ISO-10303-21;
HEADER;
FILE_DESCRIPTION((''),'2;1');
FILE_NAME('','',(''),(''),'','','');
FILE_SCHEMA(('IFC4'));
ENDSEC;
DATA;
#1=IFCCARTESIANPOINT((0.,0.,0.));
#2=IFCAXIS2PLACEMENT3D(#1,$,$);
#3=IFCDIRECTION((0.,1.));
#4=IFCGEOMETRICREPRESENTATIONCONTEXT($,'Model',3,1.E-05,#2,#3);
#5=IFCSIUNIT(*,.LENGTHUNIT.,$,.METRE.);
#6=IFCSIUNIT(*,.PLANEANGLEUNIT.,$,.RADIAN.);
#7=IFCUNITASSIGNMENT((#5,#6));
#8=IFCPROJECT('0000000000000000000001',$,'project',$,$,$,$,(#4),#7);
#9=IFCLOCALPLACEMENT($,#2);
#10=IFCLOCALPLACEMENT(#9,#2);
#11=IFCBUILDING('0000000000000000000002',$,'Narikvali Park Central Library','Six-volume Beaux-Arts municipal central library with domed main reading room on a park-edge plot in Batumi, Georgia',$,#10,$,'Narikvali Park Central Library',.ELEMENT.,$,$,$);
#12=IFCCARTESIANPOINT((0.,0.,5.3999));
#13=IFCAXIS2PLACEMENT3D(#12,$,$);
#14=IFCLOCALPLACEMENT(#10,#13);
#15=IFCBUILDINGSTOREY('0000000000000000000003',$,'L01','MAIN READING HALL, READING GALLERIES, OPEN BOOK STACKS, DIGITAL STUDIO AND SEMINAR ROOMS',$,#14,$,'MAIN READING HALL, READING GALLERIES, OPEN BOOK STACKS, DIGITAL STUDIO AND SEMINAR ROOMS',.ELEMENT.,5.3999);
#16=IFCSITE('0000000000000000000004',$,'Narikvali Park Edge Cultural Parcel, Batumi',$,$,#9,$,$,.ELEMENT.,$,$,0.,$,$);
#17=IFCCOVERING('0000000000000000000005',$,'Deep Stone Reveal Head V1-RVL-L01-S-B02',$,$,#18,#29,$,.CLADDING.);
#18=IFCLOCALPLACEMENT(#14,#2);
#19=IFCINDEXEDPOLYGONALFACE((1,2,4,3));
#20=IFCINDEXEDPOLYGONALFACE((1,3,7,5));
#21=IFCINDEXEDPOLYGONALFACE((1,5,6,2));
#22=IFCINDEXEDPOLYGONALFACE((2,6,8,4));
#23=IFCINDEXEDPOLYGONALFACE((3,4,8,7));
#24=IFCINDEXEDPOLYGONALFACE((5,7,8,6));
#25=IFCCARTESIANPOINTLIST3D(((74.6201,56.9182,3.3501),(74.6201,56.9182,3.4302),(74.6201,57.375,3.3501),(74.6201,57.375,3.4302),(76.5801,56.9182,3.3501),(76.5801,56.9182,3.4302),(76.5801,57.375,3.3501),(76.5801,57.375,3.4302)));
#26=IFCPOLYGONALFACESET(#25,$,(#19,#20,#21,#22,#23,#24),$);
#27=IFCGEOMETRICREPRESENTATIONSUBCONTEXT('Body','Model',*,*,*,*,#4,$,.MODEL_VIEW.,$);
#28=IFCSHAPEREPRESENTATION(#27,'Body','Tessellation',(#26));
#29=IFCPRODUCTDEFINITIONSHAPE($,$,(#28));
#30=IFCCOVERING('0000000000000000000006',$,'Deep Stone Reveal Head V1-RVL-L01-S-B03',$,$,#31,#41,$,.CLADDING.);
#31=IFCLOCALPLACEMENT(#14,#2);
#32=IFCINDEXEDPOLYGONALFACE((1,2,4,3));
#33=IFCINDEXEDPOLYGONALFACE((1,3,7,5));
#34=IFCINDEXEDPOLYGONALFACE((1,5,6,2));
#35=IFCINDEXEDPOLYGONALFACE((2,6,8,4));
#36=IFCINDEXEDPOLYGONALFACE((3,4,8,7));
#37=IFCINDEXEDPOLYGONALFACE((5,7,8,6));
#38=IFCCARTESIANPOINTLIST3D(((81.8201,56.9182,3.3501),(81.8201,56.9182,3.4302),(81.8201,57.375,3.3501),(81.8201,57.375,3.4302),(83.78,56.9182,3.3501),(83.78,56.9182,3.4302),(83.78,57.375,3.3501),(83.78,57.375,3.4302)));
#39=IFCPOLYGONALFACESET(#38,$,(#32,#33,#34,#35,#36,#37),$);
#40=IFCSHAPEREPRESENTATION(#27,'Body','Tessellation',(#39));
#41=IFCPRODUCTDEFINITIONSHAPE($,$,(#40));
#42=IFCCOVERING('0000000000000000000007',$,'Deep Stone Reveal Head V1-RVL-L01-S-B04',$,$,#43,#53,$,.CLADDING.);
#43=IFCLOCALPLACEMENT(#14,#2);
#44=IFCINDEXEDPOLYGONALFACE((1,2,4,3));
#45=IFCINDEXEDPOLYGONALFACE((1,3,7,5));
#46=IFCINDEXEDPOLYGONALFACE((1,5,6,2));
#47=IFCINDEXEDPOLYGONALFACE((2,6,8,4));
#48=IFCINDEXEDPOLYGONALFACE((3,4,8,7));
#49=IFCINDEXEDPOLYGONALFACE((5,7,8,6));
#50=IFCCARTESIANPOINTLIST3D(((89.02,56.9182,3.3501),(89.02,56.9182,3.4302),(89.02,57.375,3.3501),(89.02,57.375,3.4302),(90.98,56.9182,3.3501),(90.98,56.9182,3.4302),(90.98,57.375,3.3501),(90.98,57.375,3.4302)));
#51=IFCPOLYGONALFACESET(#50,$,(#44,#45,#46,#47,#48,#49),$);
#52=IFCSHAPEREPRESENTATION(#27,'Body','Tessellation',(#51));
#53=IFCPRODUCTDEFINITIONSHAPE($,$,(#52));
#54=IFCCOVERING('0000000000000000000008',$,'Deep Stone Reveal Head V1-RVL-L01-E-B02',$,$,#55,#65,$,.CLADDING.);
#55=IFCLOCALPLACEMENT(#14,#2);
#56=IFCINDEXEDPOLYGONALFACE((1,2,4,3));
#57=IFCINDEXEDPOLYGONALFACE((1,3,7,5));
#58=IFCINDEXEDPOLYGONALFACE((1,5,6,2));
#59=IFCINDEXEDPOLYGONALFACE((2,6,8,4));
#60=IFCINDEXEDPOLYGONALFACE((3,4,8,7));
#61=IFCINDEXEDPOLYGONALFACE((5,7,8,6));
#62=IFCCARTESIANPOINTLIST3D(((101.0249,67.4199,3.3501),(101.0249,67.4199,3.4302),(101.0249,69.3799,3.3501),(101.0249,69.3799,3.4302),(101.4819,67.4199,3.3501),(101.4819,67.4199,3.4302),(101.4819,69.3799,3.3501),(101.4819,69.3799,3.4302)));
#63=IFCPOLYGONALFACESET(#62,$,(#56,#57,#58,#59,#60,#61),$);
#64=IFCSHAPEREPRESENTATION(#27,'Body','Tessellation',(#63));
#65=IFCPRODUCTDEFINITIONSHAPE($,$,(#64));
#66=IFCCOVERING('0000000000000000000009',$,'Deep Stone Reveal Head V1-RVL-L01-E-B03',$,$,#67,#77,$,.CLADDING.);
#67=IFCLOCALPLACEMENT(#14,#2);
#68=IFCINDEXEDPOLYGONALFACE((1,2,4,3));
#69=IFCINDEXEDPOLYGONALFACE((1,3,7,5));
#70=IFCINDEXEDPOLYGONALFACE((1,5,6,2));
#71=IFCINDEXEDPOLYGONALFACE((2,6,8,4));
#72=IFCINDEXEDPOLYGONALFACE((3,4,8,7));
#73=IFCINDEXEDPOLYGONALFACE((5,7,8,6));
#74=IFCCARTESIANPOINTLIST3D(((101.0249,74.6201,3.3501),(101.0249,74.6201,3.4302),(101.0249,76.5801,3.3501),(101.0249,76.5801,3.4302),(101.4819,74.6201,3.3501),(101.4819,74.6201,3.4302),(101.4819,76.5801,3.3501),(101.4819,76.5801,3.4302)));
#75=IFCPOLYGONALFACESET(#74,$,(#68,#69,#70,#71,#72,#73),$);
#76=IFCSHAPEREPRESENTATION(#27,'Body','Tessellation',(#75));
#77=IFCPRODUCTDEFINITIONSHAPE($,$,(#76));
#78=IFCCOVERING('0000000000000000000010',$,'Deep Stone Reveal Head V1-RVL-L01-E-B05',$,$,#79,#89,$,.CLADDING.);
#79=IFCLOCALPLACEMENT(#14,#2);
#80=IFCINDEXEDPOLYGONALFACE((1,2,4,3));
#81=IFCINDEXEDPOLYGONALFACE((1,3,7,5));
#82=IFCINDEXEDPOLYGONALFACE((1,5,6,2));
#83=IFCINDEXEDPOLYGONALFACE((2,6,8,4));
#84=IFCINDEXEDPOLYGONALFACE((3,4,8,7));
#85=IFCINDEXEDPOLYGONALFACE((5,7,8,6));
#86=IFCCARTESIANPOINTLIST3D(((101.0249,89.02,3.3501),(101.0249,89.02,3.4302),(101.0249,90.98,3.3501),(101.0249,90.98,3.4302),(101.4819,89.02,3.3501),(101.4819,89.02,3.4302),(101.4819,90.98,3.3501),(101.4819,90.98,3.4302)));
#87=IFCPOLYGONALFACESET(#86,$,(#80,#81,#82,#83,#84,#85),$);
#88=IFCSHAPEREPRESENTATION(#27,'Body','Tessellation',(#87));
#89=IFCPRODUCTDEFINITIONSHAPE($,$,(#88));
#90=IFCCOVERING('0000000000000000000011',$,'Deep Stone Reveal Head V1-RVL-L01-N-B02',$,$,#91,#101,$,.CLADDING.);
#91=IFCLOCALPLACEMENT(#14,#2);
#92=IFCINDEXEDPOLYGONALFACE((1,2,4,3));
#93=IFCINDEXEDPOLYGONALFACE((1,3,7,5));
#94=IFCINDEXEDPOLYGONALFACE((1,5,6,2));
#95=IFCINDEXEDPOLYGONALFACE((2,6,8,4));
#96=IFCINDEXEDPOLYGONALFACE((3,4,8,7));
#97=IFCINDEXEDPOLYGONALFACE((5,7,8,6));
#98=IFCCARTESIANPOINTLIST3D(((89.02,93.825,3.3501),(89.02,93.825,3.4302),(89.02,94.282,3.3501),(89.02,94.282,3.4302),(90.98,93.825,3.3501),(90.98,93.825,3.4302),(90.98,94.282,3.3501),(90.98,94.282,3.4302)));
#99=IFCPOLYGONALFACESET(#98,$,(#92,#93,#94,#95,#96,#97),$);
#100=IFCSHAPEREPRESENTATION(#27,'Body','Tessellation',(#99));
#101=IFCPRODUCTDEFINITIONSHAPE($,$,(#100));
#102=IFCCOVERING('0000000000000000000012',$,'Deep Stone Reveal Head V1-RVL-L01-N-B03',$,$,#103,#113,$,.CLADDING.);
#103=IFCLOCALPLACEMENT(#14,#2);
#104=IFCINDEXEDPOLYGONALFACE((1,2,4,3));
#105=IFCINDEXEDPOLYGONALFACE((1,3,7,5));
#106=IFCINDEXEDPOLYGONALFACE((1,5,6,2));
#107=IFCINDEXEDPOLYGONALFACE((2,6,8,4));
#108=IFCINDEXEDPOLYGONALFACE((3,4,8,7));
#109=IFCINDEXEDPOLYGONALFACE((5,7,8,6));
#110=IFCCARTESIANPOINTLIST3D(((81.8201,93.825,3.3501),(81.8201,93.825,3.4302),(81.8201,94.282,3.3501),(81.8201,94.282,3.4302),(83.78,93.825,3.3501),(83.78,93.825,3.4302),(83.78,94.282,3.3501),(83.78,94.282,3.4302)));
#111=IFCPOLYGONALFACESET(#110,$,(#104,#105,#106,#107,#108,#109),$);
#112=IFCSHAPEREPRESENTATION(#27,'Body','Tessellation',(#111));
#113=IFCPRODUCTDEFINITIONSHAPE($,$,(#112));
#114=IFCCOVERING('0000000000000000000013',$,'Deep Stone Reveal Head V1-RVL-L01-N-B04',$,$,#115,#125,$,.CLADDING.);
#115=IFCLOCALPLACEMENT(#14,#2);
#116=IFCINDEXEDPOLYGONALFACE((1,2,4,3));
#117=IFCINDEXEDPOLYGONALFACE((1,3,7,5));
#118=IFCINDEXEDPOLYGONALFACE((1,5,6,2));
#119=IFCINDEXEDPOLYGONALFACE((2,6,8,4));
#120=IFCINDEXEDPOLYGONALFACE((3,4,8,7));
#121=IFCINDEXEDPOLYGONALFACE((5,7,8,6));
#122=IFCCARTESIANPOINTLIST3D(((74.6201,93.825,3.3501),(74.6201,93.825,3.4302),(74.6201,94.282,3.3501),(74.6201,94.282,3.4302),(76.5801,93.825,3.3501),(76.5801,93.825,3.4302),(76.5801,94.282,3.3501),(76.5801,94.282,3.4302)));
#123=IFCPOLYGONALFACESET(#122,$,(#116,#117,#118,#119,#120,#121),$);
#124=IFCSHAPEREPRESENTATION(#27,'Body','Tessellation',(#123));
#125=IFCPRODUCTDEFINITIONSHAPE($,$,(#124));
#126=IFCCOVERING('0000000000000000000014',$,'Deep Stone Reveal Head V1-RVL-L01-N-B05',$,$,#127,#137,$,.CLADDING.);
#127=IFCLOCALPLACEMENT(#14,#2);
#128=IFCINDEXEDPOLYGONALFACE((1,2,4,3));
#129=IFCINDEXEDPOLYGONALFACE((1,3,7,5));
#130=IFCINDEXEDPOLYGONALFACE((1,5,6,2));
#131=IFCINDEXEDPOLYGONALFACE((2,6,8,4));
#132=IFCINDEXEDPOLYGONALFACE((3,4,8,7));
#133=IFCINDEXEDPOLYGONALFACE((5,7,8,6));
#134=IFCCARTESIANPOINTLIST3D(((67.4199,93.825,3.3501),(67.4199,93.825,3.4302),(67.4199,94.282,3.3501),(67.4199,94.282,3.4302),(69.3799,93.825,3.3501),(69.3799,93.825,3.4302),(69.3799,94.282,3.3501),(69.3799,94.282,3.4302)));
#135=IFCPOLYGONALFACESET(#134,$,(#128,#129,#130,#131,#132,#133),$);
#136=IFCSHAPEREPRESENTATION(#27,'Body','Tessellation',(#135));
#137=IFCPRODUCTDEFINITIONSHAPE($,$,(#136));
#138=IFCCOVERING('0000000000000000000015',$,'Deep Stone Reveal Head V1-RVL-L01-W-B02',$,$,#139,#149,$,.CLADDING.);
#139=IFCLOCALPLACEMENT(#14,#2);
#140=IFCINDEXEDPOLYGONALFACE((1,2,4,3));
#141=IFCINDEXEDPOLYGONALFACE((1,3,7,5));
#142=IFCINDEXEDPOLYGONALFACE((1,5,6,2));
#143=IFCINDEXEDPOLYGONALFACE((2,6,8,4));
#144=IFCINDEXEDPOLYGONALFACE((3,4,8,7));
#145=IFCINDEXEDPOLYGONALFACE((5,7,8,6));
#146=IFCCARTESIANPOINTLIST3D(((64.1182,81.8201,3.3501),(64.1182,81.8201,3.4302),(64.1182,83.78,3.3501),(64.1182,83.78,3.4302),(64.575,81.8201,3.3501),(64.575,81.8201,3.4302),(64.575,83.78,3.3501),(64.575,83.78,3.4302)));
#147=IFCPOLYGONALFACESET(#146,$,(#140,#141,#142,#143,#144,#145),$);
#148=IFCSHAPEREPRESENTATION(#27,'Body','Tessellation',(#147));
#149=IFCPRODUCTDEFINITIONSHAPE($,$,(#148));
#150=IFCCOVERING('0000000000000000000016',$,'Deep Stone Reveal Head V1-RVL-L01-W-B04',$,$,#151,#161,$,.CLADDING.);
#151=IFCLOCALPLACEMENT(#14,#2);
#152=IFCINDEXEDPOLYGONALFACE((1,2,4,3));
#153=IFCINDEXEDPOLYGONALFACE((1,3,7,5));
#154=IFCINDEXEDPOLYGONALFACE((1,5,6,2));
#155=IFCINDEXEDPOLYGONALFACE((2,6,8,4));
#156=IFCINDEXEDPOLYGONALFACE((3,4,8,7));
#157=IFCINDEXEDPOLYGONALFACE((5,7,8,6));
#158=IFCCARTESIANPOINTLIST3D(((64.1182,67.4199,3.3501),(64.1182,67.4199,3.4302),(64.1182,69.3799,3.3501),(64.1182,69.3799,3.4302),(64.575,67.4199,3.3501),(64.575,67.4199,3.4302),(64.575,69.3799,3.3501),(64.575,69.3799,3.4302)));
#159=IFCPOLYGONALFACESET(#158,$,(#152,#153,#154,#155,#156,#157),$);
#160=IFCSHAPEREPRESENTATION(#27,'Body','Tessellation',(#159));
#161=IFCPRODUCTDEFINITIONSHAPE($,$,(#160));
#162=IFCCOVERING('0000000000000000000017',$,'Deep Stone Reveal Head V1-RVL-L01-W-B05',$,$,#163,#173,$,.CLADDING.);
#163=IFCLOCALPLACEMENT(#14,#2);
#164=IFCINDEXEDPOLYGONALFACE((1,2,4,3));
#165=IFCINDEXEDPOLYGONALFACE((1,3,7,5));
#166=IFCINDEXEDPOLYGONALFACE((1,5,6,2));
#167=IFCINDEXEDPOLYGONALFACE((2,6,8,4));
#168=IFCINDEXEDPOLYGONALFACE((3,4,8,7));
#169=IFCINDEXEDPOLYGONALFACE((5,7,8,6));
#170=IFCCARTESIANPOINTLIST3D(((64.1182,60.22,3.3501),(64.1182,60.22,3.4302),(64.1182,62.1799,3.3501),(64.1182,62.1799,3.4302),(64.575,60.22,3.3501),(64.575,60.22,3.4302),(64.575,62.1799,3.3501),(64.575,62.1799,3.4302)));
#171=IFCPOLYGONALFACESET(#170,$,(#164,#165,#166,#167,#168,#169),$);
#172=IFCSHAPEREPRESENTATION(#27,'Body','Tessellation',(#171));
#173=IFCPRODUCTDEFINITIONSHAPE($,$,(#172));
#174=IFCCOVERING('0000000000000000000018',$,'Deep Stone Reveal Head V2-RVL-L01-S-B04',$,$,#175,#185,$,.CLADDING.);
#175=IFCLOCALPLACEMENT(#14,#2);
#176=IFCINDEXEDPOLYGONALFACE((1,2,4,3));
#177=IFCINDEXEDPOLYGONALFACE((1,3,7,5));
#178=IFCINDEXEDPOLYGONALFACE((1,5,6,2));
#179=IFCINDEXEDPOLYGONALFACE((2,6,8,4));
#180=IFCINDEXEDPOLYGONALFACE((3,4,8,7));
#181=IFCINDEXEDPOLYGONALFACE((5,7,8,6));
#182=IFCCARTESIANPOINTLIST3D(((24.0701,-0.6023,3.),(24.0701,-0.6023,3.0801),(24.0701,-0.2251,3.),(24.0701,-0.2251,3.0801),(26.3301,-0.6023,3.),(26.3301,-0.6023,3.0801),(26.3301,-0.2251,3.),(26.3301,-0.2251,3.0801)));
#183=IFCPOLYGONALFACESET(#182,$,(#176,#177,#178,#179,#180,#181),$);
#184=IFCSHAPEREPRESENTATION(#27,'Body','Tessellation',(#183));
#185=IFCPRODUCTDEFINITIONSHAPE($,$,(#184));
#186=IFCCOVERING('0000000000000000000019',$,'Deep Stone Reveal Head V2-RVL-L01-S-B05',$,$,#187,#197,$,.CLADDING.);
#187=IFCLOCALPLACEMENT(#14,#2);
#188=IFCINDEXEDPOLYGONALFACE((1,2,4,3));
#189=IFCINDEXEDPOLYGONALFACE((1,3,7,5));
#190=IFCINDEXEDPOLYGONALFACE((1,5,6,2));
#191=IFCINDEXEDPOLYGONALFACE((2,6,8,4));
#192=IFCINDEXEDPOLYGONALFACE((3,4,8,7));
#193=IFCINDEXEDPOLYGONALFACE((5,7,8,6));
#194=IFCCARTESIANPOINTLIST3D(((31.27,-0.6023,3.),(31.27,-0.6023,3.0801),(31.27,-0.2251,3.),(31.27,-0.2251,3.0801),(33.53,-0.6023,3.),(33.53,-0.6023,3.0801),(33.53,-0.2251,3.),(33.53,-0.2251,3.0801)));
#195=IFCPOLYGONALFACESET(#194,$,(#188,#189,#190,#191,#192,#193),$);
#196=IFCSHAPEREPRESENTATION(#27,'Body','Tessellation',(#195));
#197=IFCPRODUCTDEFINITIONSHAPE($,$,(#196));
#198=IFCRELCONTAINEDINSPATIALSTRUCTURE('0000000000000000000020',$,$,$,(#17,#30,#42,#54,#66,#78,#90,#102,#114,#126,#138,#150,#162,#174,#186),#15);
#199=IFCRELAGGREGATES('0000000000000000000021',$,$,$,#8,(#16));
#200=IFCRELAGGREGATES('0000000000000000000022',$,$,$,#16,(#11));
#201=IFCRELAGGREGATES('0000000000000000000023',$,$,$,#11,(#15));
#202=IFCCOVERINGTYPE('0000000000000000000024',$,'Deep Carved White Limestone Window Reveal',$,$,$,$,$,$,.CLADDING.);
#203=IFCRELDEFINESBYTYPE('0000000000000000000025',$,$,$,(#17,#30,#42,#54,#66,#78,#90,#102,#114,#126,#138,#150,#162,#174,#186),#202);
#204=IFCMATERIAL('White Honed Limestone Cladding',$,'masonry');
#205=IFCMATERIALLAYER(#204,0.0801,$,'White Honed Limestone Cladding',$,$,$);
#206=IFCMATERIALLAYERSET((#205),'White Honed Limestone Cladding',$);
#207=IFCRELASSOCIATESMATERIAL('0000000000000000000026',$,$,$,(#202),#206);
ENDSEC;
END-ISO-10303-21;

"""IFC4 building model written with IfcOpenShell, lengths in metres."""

from ifc_helpers import new_model, si_unit, direction, frame, origin, place, context, subcontext, project, spatial, polyline, outline, extrude, material, layer, layer_set, type_object, element, save


model = new_model("IFC4")

# Units and contexts
model_context = context("Model", 3, precision=1e-05, world=origin(), true_north=direction((0.0, 1.0)))
body_context = subcontext(model_context, "Body", "Model", "MODEL_VIEW")
ifc_project = project(units=[si_unit("LENGTHUNIT", "METRE"), si_unit("PLANEANGLEUNIT", "RADIAN")], contexts=[model_context])

# Site, building, storey
site_placement = place(None, origin())
site = spatial("IfcSite", under=ifc_project, at=site_placement, Name="Narikvali Park Edge Cultural Parcel, Batumi", CompositionType="ELEMENT", RefElevation=0.0)
building_placement = place(site_placement, origin())
building = spatial("IfcBuilding", under=site, at=building_placement, Name="Narikvali Park Central Library", Description="Six-volume Beaux-Arts municipal central library with domed main reading room on a park-edge plot in Batumi, Georgia", LongName="Narikvali Park Central Library", CompositionType="ELEMENT")
storey_placement = place(building_placement, frame((0.0, 0.0, 5.3999)))
storey = spatial("IfcBuildingStorey", under=building, at=storey_placement, Name="L01", Description="MAIN READING HALL, READING GALLERIES, OPEN BOOK STACKS, DIGITAL STUDIO AND SEMINAR ROOMS", LongName="MAIN READING HALL, READING GALLERIES, OPEN BOOK STACKS, DIGITAL STUDIO AND SEMINAR ROOMS", CompositionType="ELEMENT", Elevation=5.3999)

# Coverings
ifc_material = material(Name="White Honed Limestone Cladding", Category="masonry")
ifc_layer = layer(ifc_material, 0.0801, Name="White Honed Limestone Cladding")
ifc_layer_set = layer_set([ifc_layer], Name="White Honed Limestone Cladding")
covering_type = type_object("IfcCoveringType", Name="Deep Carved White Limestone Window Reveal", PredefinedType="CLADDING", material=ifc_layer_set)
covering_1_placement = place(storey_placement, frame((0.0, 0.0, 3.3501)))
element("IfcCovering", 1, at=covering_1_placement, inside=storey, type_object=covering_type, Name="Deep Stone Reveal Head V1-RVL-L01-S-B02", PredefinedType="CLADDING", context=body_context, shape_type="SweptSolid", body=[
    extrude(outline(polyline([(74.6201, 57.375), (76.5801, 57.375), (76.5801, 56.9182), (74.6201, 56.9182), (74.6201, 57.375)])), origin(), (0.0, 0.0, 1.0), 0.0801),
])
covering_2_placement = place(storey_placement, frame((0.0, 0.0, 3.3501)))
element("IfcCovering", 2, at=covering_2_placement, inside=storey, type_object=covering_type, Name="Deep Stone Reveal Head V1-RVL-L01-S-B03", PredefinedType="CLADDING", context=body_context, shape_type="SweptSolid", body=[
    extrude(outline(polyline([(81.8201, 57.375), (83.78, 57.375), (83.78, 56.9182), (81.8201, 56.9182), (81.8201, 57.375)])), origin(), (0.0, 0.0, 1.0), 0.0801),
])
covering_3_placement = place(storey_placement, frame((0.0, 0.0, 3.3501)))
element("IfcCovering", 3, at=covering_3_placement, inside=storey, type_object=covering_type, Name="Deep Stone Reveal Head V1-RVL-L01-S-B04", PredefinedType="CLADDING", context=body_context, shape_type="SweptSolid", body=[
    extrude(outline(polyline([(89.02, 57.375), (90.98, 57.375), (90.98, 56.9182), (89.02, 56.9182), (89.02, 57.375)])), origin(), (0.0, 0.0, 1.0), 0.0801),
])
covering_4_placement = place(storey_placement, frame((0.0, 0.0, 3.3501)))
element("IfcCovering", 4, at=covering_4_placement, inside=storey, type_object=covering_type, Name="Deep Stone Reveal Head V1-RVL-L01-E-B02", PredefinedType="CLADDING", context=body_context, shape_type="SweptSolid", body=[
    extrude(outline(polyline([(101.0249, 67.4199), (101.0249, 69.3799), (101.4819, 69.3799), (101.4819, 67.4199), (101.0249, 67.4199)])), origin(), (0.0, 0.0, 1.0), 0.0801),
])
covering_5_placement = place(storey_placement, frame((0.0, 0.0, 3.3501)))
element("IfcCovering", 5, at=covering_5_placement, inside=storey, type_object=covering_type, Name="Deep Stone Reveal Head V1-RVL-L01-E-B03", PredefinedType="CLADDING", context=body_context, shape_type="SweptSolid", body=[
    extrude(outline(polyline([(101.0249, 74.6201), (101.0249, 76.5801), (101.4819, 76.5801), (101.4819, 74.6201), (101.0249, 74.6201)])), origin(), (0.0, 0.0, 1.0), 0.0801),
])
covering_6_placement = place(storey_placement, frame((0.0, 0.0, 3.3501)))
element("IfcCovering", 6, at=covering_6_placement, inside=storey, type_object=covering_type, Name="Deep Stone Reveal Head V1-RVL-L01-E-B05", PredefinedType="CLADDING", context=body_context, shape_type="SweptSolid", body=[
    extrude(outline(polyline([(101.0249, 89.02), (101.0249, 90.98), (101.4819, 90.98), (101.4819, 89.02), (101.0249, 89.02)])), origin(), (0.0, 0.0, 1.0), 0.0801),
])
covering_7_placement = place(storey_placement, frame((0.0, 0.0, 3.3501)))
element("IfcCovering", 7, at=covering_7_placement, inside=storey, type_object=covering_type, Name="Deep Stone Reveal Head V1-RVL-L01-N-B02", PredefinedType="CLADDING", context=body_context, shape_type="SweptSolid", body=[
    extrude(outline(polyline([(90.98, 93.825), (89.02, 93.825), (89.02, 94.282), (90.98, 94.282), (90.98, 93.825)])), origin(), (0.0, 0.0, 1.0), 0.0801),
])
covering_8_placement = place(storey_placement, frame((0.0, 0.0, 3.3501)))
element("IfcCovering", 8, at=covering_8_placement, inside=storey, type_object=covering_type, Name="Deep Stone Reveal Head V1-RVL-L01-N-B03", PredefinedType="CLADDING", context=body_context, shape_type="SweptSolid", body=[
    extrude(outline(polyline([(83.78, 93.825), (81.8201, 93.825), (81.8201, 94.282), (83.78, 94.282), (83.78, 93.825)])), origin(), (0.0, 0.0, 1.0), 0.0801),
])
covering_9_placement = place(storey_placement, frame((0.0, 0.0, 3.3501)))
element("IfcCovering", 9, at=covering_9_placement, inside=storey, type_object=covering_type, Name="Deep Stone Reveal Head V1-RVL-L01-N-B04", PredefinedType="CLADDING", context=body_context, shape_type="SweptSolid", body=[
    extrude(outline(polyline([(76.5801, 93.825), (74.6201, 93.825), (74.6201, 94.282), (76.5801, 94.282), (76.5801, 93.825)])), origin(), (0.0, 0.0, 1.0), 0.0801),
])
covering_10_placement = place(storey_placement, frame((0.0, 0.0, 3.3501)))
element("IfcCovering", 10, at=covering_10_placement, inside=storey, type_object=covering_type, Name="Deep Stone Reveal Head V1-RVL-L01-N-B05", PredefinedType="CLADDING", context=body_context, shape_type="SweptSolid", body=[
    extrude(outline(polyline([(69.3799, 93.825), (67.4199, 93.825), (67.4199, 94.282), (69.3799, 94.282), (69.3799, 93.825)])), origin(), (0.0, 0.0, 1.0), 0.0801),
])
covering_11_placement = place(storey_placement, frame((0.0, 0.0, 3.3501)))
element("IfcCovering", 11, at=covering_11_placement, inside=storey, type_object=covering_type, Name="Deep Stone Reveal Head V1-RVL-L01-W-B02", PredefinedType="CLADDING", context=body_context, shape_type="SweptSolid", body=[
    extrude(outline(polyline([(64.575, 83.78), (64.575, 81.8201), (64.1182, 81.8201), (64.1182, 83.78), (64.575, 83.78)])), origin(), (0.0, 0.0, 1.0), 0.0801),
])
covering_12_placement = place(storey_placement, frame((0.0, 0.0, 3.3501)))
element("IfcCovering", 12, at=covering_12_placement, inside=storey, type_object=covering_type, Name="Deep Stone Reveal Head V1-RVL-L01-W-B04", PredefinedType="CLADDING", context=body_context, shape_type="SweptSolid", body=[
    extrude(outline(polyline([(64.575, 69.3799), (64.575, 67.4199), (64.1182, 67.4199), (64.1182, 69.3799), (64.575, 69.3799)])), origin(), (0.0, 0.0, 1.0), 0.0801),
])
covering_13_placement = place(storey_placement, frame((0.0, 0.0, 3.3501)))
element("IfcCovering", 13, at=covering_13_placement, inside=storey, type_object=covering_type, Name="Deep Stone Reveal Head V1-RVL-L01-W-B05", PredefinedType="CLADDING", context=body_context, shape_type="SweptSolid", body=[
    extrude(outline(polyline([(64.575, 62.1799), (64.575, 60.22), (64.1182, 60.22), (64.1182, 62.1799), (64.575, 62.1799)])), origin(), (0.0, 0.0, 1.0), 0.0801),
])
covering_14_placement = place(storey_placement, frame((0.0, 0.0, 3.0)))
element("IfcCovering", 14, at=covering_14_placement, inside=storey, type_object=covering_type, Name="Deep Stone Reveal Head V2-RVL-L01-S-B04", PredefinedType="CLADDING", context=body_context, shape_type="SweptSolid", body=[
    extrude(outline(polyline([(24.0701, -0.2251), (26.3301, -0.2251), (26.3301, -0.6023), (24.0701, -0.6023), (24.0701, -0.2251)])), origin(), (0.0, 0.0, 1.0), 0.0801),
])
covering_15_placement = place(storey_placement, frame((0.0, 0.0, 3.0)))
element("IfcCovering", 15, at=covering_15_placement, inside=storey, type_object=covering_type, Name="Deep Stone Reveal Head V2-RVL-L01-S-B05", PredefinedType="CLADDING", context=body_context, shape_type="SweptSolid", body=[
    extrude(outline(polyline([(31.27, -0.2251), (33.53, -0.2251), (33.53, -0.6023), (31.27, -0.6023), (31.27, -0.2251)])), origin(), (0.0, 0.0, 1.0), 0.0801),
])

save(model, "model.ifc")
